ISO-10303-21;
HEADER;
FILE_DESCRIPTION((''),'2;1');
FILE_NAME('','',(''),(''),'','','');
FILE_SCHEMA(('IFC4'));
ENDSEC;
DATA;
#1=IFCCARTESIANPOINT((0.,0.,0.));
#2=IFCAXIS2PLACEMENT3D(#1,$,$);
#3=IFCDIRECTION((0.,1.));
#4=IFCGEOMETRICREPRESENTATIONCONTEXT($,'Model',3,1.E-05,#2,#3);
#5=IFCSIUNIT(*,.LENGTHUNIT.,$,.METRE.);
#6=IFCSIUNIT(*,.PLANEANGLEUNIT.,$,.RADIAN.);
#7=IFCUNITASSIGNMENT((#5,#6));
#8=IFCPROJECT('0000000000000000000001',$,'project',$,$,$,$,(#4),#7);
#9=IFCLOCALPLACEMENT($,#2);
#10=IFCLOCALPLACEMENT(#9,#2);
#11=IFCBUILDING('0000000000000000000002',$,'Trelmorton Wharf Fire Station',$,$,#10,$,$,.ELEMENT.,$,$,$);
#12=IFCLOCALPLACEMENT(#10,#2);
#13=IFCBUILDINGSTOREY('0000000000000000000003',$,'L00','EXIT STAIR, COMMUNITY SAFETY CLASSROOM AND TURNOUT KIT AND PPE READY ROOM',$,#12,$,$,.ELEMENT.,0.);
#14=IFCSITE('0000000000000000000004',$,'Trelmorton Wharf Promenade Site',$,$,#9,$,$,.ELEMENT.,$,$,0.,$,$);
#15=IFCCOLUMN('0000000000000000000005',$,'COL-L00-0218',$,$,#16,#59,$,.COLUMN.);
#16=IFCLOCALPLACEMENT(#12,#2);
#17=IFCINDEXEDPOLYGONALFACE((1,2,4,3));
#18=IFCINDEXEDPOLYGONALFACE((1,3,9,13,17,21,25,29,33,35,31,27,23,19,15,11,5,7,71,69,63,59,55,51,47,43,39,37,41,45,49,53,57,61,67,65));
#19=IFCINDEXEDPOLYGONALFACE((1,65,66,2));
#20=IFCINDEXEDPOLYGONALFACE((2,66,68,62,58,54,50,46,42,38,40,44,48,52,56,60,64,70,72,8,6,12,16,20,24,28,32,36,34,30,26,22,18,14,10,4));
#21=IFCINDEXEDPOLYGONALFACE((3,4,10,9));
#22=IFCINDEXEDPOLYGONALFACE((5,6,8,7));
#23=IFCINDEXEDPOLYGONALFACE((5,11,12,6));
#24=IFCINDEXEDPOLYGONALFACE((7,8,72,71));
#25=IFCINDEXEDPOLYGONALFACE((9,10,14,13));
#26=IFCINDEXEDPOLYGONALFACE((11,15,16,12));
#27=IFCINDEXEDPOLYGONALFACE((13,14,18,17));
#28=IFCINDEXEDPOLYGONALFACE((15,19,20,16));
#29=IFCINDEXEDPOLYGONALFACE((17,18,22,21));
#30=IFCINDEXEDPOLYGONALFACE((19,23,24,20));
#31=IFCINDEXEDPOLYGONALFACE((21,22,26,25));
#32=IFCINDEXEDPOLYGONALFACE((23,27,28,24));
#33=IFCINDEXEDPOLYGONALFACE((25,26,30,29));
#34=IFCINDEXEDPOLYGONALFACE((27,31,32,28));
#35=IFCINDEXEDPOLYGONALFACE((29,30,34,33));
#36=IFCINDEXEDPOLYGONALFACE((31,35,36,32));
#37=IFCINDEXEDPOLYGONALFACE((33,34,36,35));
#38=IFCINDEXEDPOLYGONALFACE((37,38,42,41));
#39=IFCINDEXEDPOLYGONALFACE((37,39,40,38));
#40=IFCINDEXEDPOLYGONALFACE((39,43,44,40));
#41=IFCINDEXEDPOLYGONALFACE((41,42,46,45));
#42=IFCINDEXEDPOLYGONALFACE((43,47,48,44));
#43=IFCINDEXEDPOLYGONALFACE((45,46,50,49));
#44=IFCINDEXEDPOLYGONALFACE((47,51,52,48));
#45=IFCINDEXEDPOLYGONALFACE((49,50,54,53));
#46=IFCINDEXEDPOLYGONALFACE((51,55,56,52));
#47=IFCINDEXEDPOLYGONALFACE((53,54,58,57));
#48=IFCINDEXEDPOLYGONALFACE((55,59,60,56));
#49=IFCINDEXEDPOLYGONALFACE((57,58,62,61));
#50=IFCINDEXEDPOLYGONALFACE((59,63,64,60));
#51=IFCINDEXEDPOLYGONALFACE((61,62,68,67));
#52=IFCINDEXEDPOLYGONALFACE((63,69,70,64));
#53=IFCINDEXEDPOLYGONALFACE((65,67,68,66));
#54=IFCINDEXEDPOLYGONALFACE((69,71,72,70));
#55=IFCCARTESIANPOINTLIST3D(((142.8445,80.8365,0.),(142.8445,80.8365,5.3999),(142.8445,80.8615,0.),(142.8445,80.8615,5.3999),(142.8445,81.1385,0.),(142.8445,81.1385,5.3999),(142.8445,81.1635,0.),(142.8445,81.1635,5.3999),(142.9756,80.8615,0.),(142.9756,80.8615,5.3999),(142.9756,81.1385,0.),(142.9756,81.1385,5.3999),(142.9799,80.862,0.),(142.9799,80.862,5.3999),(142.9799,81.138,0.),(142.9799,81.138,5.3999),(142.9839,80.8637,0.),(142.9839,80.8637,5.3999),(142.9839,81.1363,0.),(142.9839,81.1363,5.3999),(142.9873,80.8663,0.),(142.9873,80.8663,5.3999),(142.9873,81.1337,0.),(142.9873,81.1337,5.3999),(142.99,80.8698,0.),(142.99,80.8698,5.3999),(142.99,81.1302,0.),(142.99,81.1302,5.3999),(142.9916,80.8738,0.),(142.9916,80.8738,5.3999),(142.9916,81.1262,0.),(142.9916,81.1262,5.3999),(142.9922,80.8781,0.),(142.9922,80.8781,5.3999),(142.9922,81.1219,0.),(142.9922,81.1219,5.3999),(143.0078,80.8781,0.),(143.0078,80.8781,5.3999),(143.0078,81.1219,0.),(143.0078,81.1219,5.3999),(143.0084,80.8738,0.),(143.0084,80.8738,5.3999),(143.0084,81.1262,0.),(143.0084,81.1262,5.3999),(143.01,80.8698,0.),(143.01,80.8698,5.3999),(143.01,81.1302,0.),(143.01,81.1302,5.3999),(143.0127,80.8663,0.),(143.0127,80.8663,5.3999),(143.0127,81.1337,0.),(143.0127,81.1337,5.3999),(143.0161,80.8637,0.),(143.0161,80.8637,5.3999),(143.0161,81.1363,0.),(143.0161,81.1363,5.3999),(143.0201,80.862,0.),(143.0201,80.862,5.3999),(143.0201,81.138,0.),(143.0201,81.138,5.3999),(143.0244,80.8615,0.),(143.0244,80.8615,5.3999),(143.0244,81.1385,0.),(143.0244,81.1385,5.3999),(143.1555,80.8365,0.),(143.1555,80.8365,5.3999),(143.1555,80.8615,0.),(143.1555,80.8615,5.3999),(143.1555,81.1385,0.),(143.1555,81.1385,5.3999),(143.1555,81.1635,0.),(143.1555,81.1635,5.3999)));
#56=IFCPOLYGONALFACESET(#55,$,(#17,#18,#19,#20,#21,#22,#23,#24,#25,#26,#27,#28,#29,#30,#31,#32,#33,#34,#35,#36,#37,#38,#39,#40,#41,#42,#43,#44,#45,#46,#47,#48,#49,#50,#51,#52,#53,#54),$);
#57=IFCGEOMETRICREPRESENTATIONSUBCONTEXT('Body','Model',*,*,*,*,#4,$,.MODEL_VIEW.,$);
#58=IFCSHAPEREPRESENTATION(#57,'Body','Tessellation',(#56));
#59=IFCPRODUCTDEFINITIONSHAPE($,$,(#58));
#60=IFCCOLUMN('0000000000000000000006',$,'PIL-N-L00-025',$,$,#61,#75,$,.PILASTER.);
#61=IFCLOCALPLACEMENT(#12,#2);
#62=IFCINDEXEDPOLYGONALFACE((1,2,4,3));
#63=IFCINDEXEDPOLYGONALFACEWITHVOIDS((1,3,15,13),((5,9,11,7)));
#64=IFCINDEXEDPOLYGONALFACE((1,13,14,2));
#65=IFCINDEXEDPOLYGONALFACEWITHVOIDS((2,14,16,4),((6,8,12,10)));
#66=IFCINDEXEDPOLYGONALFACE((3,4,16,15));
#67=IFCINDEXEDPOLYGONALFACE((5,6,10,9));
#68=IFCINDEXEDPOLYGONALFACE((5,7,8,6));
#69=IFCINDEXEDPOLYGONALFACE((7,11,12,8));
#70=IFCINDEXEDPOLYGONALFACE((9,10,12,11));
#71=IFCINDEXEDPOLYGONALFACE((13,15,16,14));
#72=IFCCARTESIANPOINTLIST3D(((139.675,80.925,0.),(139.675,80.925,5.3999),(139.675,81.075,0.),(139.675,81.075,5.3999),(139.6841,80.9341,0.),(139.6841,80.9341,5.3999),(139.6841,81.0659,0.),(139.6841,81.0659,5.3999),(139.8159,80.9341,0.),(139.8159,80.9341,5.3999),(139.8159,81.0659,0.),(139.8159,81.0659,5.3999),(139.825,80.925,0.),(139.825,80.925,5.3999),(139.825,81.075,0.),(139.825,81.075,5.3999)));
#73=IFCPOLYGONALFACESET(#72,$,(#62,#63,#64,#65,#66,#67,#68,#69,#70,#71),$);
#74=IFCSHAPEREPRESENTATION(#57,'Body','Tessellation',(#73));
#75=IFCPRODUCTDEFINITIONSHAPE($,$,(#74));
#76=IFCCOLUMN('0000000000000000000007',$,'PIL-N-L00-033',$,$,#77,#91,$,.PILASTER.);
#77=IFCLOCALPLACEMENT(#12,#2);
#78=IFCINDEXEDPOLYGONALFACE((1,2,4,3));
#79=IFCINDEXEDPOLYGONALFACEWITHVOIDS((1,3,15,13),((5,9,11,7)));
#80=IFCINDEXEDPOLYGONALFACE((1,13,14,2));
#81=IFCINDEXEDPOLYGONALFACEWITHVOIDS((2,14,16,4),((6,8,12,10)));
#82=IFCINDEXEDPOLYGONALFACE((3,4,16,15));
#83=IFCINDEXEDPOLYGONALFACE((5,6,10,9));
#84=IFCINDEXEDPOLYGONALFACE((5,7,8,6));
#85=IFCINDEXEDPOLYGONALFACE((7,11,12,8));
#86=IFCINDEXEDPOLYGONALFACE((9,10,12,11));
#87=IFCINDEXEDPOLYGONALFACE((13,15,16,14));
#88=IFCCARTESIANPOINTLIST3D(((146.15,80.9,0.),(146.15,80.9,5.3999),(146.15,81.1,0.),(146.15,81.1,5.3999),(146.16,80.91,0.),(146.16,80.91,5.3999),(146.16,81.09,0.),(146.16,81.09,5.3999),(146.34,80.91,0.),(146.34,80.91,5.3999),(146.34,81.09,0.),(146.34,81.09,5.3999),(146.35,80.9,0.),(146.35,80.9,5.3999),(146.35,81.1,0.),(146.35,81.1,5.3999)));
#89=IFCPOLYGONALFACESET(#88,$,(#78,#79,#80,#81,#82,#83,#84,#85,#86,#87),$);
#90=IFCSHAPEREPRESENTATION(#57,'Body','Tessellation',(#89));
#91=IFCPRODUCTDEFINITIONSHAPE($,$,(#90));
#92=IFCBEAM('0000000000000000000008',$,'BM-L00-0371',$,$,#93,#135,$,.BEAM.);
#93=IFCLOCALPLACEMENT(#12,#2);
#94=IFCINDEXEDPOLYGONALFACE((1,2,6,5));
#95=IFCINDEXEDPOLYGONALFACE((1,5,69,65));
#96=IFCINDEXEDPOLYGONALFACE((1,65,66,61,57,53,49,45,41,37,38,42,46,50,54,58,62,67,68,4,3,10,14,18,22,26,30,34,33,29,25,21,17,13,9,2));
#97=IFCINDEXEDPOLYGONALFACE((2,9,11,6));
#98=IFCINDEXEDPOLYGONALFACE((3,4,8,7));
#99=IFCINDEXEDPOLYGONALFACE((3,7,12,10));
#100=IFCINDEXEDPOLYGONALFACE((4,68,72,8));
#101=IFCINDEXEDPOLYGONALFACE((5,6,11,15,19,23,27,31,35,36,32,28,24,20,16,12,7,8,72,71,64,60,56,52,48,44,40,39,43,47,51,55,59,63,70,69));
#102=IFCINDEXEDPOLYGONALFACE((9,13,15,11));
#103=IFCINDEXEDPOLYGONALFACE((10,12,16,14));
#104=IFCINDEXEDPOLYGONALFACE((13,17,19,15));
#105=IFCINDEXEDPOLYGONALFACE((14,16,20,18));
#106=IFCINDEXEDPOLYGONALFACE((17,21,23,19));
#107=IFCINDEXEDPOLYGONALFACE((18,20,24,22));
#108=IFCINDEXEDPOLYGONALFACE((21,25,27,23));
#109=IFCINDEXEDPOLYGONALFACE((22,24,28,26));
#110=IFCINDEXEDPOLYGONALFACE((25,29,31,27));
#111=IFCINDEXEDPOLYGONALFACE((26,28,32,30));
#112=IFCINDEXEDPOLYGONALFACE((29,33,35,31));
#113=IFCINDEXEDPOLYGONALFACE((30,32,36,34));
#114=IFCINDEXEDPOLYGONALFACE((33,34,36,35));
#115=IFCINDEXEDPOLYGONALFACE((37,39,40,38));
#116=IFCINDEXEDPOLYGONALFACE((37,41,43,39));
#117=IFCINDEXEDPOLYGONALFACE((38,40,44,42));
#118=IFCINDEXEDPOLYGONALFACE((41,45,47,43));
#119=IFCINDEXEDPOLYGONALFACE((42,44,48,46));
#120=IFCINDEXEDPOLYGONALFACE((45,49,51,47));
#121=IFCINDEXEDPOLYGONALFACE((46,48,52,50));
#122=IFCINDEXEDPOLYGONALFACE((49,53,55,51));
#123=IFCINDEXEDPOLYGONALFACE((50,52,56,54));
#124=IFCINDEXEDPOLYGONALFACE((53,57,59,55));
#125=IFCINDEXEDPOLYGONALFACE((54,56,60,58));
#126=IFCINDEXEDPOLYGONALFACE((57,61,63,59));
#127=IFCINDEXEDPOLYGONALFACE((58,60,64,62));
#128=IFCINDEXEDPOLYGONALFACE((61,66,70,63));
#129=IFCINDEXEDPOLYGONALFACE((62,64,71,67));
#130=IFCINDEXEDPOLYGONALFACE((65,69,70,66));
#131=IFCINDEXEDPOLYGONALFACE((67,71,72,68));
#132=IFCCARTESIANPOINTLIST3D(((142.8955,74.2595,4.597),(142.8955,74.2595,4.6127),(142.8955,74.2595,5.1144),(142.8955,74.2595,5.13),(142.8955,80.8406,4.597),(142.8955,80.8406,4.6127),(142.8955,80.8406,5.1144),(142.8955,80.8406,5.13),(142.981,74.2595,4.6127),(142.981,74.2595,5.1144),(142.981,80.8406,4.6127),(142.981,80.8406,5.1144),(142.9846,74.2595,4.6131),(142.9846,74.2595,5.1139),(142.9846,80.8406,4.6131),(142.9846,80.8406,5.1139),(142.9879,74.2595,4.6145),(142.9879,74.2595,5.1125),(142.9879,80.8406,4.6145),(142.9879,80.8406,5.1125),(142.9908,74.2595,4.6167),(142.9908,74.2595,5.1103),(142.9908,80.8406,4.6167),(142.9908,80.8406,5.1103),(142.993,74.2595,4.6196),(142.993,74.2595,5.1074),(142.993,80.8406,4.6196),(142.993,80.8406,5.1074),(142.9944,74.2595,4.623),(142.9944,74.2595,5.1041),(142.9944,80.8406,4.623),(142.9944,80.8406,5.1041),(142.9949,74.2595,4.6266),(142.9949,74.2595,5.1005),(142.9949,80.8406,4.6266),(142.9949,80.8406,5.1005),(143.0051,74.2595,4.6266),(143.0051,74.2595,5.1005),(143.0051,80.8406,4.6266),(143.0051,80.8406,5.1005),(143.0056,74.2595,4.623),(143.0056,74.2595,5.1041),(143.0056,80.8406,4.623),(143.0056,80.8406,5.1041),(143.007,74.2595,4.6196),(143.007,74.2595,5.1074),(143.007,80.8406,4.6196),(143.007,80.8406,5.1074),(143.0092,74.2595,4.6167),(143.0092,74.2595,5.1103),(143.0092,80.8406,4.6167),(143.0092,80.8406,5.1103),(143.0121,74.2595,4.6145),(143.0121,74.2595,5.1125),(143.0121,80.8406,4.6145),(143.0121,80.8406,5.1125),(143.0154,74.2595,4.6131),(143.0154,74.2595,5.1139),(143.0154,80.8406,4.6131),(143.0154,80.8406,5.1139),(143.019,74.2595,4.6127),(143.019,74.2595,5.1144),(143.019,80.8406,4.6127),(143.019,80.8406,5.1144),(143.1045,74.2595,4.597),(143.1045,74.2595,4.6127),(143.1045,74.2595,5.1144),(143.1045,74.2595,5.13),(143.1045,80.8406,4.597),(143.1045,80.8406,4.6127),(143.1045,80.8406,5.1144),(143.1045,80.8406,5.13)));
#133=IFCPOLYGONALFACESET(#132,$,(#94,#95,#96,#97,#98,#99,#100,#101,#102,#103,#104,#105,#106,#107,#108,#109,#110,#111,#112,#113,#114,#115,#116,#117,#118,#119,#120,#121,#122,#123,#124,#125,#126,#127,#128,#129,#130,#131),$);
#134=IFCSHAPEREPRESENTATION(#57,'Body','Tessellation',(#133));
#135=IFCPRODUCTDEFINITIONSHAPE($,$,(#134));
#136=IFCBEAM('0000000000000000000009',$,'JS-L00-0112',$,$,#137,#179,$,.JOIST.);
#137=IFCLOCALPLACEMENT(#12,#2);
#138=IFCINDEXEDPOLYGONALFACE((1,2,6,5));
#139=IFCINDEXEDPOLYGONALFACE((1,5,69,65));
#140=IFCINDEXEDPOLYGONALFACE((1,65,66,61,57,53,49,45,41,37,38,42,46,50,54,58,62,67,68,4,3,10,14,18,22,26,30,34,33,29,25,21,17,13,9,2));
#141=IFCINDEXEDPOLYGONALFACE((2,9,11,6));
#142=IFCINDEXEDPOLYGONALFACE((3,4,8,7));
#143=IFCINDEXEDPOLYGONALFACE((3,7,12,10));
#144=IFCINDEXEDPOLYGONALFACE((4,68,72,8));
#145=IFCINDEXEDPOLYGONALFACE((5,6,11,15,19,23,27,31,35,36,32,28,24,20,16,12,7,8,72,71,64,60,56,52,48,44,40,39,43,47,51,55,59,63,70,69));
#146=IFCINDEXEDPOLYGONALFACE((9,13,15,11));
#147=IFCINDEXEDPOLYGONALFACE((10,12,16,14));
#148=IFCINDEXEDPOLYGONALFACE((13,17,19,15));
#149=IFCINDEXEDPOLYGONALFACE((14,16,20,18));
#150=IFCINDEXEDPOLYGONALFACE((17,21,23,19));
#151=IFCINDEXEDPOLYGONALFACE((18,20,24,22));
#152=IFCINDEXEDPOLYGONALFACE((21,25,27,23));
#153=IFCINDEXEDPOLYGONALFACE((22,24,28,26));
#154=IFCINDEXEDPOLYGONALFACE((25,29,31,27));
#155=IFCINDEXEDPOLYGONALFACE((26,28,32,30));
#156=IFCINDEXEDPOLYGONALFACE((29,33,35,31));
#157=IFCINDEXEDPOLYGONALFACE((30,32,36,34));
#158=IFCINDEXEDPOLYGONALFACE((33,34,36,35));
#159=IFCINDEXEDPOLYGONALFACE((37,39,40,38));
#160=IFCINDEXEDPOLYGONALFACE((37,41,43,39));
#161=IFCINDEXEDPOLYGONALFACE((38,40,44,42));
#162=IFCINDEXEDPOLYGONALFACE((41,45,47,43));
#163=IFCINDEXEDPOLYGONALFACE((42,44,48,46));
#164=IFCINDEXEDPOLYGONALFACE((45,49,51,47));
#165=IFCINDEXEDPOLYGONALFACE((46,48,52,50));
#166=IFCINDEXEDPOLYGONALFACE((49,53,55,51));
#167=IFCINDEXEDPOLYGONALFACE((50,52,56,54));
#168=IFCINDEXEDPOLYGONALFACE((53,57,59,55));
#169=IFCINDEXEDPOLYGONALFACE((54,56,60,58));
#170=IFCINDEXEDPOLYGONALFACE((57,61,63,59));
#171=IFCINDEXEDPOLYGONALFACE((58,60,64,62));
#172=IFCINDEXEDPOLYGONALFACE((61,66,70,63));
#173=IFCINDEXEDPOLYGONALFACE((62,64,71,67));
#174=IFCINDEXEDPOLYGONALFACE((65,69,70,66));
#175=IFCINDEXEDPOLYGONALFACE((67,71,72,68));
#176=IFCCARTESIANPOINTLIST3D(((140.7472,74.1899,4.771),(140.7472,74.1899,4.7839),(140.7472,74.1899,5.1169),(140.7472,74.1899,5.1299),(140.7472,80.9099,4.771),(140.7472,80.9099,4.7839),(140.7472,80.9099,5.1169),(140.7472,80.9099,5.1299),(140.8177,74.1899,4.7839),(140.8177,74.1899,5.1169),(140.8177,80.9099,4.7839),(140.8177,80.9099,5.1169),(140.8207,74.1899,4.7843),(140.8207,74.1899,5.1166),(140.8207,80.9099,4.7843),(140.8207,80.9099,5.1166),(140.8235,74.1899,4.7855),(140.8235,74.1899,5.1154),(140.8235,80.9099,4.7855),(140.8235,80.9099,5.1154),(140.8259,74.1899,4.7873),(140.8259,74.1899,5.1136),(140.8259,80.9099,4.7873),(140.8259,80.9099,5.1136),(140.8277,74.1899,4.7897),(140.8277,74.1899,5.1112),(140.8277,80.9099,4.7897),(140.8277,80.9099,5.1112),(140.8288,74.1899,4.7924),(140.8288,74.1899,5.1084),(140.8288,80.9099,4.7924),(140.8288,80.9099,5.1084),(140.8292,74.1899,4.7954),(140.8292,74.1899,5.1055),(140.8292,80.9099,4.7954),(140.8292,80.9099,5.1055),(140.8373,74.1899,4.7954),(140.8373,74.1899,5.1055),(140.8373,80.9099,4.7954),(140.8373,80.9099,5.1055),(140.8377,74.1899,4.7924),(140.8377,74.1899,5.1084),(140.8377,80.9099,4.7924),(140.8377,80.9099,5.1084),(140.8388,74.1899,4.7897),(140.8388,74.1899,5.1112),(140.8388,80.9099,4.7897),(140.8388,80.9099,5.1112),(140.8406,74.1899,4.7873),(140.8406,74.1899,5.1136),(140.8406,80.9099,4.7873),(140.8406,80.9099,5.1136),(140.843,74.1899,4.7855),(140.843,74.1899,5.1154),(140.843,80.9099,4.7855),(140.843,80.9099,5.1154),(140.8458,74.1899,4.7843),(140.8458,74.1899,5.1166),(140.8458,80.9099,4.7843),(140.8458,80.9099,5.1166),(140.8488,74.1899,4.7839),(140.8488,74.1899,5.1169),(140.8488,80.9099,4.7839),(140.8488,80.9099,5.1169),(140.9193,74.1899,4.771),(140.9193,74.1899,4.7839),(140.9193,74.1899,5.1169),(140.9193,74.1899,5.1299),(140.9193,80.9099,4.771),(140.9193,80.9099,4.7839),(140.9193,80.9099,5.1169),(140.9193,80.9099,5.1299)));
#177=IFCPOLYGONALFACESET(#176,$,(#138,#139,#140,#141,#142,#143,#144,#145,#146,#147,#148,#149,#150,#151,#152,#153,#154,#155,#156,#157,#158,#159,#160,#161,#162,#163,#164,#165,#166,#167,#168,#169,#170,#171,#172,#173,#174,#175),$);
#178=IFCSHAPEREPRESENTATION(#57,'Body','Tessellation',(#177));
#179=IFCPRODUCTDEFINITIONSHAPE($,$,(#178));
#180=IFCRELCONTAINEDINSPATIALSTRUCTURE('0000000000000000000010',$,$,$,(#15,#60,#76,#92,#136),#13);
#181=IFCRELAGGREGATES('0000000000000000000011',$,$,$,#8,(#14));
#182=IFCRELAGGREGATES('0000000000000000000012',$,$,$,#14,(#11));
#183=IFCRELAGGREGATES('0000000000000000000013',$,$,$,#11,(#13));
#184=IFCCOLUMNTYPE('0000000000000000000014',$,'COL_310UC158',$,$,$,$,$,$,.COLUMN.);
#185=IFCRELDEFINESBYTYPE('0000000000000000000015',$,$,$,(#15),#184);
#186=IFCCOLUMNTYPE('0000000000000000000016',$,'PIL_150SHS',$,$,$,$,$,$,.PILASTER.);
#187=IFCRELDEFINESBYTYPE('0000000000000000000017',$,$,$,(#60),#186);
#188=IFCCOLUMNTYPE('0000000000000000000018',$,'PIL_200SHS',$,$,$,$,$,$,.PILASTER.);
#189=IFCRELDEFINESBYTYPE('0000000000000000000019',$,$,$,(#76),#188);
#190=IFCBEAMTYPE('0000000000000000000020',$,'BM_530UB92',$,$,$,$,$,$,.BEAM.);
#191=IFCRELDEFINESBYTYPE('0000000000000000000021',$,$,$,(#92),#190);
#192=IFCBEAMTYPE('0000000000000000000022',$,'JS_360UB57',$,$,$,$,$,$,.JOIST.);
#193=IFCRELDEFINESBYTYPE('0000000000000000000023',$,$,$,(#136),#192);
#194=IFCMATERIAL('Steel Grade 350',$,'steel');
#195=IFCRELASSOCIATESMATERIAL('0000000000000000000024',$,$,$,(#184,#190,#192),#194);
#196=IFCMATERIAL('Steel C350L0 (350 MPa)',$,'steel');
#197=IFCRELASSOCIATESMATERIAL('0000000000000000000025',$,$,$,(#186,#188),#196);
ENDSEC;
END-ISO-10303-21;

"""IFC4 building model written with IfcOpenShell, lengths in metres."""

from ifc_helpers import new_model, si_unit, direction, frame, origin, origin_2d, place, context, subcontext, project, spatial, hollow_rectangle, i_section, extrude, material, material_profile, profile_set, type_object, element, save


model = new_model("IFC4")

# Units and contexts
model_context = context("Model", 3, precision=1e-05, world=origin(), true_north=direction((0.0, 1.0)))
body_context = subcontext(model_context, "Body", "Model", "MODEL_VIEW")
ifc_project = project(units=[si_unit("LENGTHUNIT", "METRE"), si_unit("PLANEANGLEUNIT", "RADIAN")], contexts=[model_context])

# Site, building, storey
site_placement = place(None, origin())
site = spatial("IfcSite", under=ifc_project, at=site_placement, Name="Trelmorton Wharf Promenade Site", CompositionType="ELEMENT", RefElevation=0.0)
building_placement = place(site_placement, origin())
building = spatial("IfcBuilding", under=site, at=building_placement, Name="Trelmorton Wharf Fire Station", CompositionType="ELEMENT")
storey_placement = place(building_placement, origin())
storey = spatial("IfcBuildingStorey", under=building, at=storey_placement, Name="L00", Description="EXIT STAIR, COMMUNITY SAFETY CLASSROOM AND TURNOUT KIT AND PPE READY ROOM", CompositionType="ELEMENT", Elevation=0.0)

# Columns
ifc_material_1 = material(Name="Steel Grade 350", Category="steel")
ifc_material_profile_1 = material_profile(ifc_material_1, i_section(OverallWidth=0.311, OverallDepth=0.3269, WebThickness=0.0156, FlangeThickness=0.0249, FilletRadius=0.0166, at=origin_2d()), Name="310UC158")
ifc_profile_set_1 = profile_set([ifc_material_profile_1], Name="Steel Grade 350")
column_type_1 = type_object("IfcColumnType", Name="COL_310UC158", PredefinedType="COLUMN", material=ifc_profile_set_1)
column_1_placement = place(storey_placement, frame((143.0, 81.0, 0.0), z_axis=(0.0, 0.0, 1.0), x_axis=(1.0, 0.0, 0.0)))
element("IfcColumn", 1, at=column_1_placement, inside=storey, type_object=column_type_1, Name="COL-L00-0218", PredefinedType="COLUMN", context=body_context, shape_type="SweptSolid", body=[
    extrude(i_section(OverallWidth=0.311, OverallDepth=0.3269, WebThickness=0.0156, FlangeThickness=0.0249, FilletRadius=0.0166, at=origin_2d()), origin(), (0.0, 0.0, 1.0), 5.3999),
])
ifc_material_2 = material(Name="Steel C350L0 (350 MPa)", Category="steel")
ifc_material_profile_2 = material_profile(ifc_material_2, hollow_rectangle(XDim=0.1499, YDim=0.1499, WallThickness=0.009, at=origin_2d()), Name="150x150x9.0SHS")
ifc_profile_set_2 = profile_set([ifc_material_profile_2], Name="Steel C350L0 (350 MPa)")
column_type_2 = type_object("IfcColumnType", Name="PIL_150SHS", PredefinedType="PILASTER", material=ifc_profile_set_2)
column_2_placement = place(storey_placement, frame((139.75, 81.0, 0.0), z_axis=(0.0, 0.0, 1.0), x_axis=(1.0, 0.0, 0.0)))
element("IfcColumn", 2, at=column_2_placement, inside=storey, type_object=column_type_2, Name="PIL-N-L00-025", PredefinedType="PILASTER", context=body_context, shape_type="SweptSolid", body=[
    extrude(hollow_rectangle(XDim=0.1499, YDim=0.1499, WallThickness=0.009, at=origin_2d()), origin(), (0.0, 0.0, 1.0), 5.3999),
])
ifc_material_profile_3 = material_profile(ifc_material_2, hollow_rectangle(XDim=0.2, YDim=0.2, WallThickness=0.01, at=origin_2d()), Name="200x200x10.0SHS")
ifc_profile_set_3 = profile_set([ifc_material_profile_3], Name="Steel C350L0 (350 MPa)")
column_type_3 = type_object("IfcColumnType", Name="PIL_200SHS", PredefinedType="PILASTER", material=ifc_profile_set_3)
column_3_placement = place(storey_placement, frame((146.25, 81.0, 0.0), z_axis=(0.0, 0.0, 1.0), x_axis=(1.0, 0.0, 0.0)))
element("IfcColumn", 3, at=column_3_placement, inside=storey, type_object=column_type_3, Name="PIL-N-L00-033", PredefinedType="PILASTER", context=body_context, shape_type="SweptSolid", body=[
    extrude(hollow_rectangle(XDim=0.2, YDim=0.2, WallThickness=0.01, at=origin_2d()), origin(), (0.0, 0.0, 1.0), 5.3999),
])

# Beams
ifc_material_profile_4 = material_profile(ifc_material_1, i_section(OverallWidth=0.209, OverallDepth=0.533, WebThickness=0.0103, FlangeThickness=0.0156, FilletRadius=0.0139, at=origin_2d()), Name="530UB92.4")
ifc_profile_set_4 = profile_set([ifc_material_profile_4], Name="Steel Grade 350")
beam_type_1 = type_object("IfcBeamType", Name="BM_530UB92", PredefinedType="BEAM", material=ifc_profile_set_4)
beam_1_placement = place(storey_placement, frame((143.0, 74.2595, 4.8635), z_axis=(0.0, 1.0, 0.0), x_axis=(-1.0, 0.0, 0.0)))
element("IfcBeam", 4, at=beam_1_placement, inside=storey, type_object=beam_type_1, Name="BM-L00-0371", PredefinedType="BEAM", context=body_context, shape_type="SweptSolid", body=[
    extrude(i_section(OverallWidth=0.209, OverallDepth=0.533, WebThickness=0.0103, FlangeThickness=0.0156, FilletRadius=0.0139, at=origin_2d()), origin(), (0.0, 0.0, 1.0), 6.5811),
])
ifc_material_profile_5 = material_profile(ifc_material_1, i_section(OverallWidth=0.1721, OverallDepth=0.3589, WebThickness=0.0081, FlangeThickness=0.0129, FilletRadius=0.0115, at=origin_2d()), Name="360UB56.7")
ifc_profile_set_5 = profile_set([ifc_material_profile_5], Name="Steel Grade 350")
beam_type_2 = type_object("IfcBeamType", Name="JS_360UB57", PredefinedType="JOIST", material=ifc_profile_set_5)
beam_2_placement = place(storey_placement, frame((140.8333, 74.1899, 4.9504), z_axis=(0.0, 1.0, 0.0), x_axis=(-1.0, 0.0, 0.0)))
element("IfcBeam", 5, at=beam_2_placement, inside=storey, type_object=beam_type_2, Name="JS-L00-0112", PredefinedType="JOIST", context=body_context, shape_type="SweptSolid", body=[
    extrude(i_section(OverallWidth=0.1721, OverallDepth=0.3589, WebThickness=0.0081, FlangeThickness=0.0129, FilletRadius=0.0115, at=origin_2d()), origin(), (0.0, 0.0, 1.0), 6.72),
])

save(model, "model.ifc")
